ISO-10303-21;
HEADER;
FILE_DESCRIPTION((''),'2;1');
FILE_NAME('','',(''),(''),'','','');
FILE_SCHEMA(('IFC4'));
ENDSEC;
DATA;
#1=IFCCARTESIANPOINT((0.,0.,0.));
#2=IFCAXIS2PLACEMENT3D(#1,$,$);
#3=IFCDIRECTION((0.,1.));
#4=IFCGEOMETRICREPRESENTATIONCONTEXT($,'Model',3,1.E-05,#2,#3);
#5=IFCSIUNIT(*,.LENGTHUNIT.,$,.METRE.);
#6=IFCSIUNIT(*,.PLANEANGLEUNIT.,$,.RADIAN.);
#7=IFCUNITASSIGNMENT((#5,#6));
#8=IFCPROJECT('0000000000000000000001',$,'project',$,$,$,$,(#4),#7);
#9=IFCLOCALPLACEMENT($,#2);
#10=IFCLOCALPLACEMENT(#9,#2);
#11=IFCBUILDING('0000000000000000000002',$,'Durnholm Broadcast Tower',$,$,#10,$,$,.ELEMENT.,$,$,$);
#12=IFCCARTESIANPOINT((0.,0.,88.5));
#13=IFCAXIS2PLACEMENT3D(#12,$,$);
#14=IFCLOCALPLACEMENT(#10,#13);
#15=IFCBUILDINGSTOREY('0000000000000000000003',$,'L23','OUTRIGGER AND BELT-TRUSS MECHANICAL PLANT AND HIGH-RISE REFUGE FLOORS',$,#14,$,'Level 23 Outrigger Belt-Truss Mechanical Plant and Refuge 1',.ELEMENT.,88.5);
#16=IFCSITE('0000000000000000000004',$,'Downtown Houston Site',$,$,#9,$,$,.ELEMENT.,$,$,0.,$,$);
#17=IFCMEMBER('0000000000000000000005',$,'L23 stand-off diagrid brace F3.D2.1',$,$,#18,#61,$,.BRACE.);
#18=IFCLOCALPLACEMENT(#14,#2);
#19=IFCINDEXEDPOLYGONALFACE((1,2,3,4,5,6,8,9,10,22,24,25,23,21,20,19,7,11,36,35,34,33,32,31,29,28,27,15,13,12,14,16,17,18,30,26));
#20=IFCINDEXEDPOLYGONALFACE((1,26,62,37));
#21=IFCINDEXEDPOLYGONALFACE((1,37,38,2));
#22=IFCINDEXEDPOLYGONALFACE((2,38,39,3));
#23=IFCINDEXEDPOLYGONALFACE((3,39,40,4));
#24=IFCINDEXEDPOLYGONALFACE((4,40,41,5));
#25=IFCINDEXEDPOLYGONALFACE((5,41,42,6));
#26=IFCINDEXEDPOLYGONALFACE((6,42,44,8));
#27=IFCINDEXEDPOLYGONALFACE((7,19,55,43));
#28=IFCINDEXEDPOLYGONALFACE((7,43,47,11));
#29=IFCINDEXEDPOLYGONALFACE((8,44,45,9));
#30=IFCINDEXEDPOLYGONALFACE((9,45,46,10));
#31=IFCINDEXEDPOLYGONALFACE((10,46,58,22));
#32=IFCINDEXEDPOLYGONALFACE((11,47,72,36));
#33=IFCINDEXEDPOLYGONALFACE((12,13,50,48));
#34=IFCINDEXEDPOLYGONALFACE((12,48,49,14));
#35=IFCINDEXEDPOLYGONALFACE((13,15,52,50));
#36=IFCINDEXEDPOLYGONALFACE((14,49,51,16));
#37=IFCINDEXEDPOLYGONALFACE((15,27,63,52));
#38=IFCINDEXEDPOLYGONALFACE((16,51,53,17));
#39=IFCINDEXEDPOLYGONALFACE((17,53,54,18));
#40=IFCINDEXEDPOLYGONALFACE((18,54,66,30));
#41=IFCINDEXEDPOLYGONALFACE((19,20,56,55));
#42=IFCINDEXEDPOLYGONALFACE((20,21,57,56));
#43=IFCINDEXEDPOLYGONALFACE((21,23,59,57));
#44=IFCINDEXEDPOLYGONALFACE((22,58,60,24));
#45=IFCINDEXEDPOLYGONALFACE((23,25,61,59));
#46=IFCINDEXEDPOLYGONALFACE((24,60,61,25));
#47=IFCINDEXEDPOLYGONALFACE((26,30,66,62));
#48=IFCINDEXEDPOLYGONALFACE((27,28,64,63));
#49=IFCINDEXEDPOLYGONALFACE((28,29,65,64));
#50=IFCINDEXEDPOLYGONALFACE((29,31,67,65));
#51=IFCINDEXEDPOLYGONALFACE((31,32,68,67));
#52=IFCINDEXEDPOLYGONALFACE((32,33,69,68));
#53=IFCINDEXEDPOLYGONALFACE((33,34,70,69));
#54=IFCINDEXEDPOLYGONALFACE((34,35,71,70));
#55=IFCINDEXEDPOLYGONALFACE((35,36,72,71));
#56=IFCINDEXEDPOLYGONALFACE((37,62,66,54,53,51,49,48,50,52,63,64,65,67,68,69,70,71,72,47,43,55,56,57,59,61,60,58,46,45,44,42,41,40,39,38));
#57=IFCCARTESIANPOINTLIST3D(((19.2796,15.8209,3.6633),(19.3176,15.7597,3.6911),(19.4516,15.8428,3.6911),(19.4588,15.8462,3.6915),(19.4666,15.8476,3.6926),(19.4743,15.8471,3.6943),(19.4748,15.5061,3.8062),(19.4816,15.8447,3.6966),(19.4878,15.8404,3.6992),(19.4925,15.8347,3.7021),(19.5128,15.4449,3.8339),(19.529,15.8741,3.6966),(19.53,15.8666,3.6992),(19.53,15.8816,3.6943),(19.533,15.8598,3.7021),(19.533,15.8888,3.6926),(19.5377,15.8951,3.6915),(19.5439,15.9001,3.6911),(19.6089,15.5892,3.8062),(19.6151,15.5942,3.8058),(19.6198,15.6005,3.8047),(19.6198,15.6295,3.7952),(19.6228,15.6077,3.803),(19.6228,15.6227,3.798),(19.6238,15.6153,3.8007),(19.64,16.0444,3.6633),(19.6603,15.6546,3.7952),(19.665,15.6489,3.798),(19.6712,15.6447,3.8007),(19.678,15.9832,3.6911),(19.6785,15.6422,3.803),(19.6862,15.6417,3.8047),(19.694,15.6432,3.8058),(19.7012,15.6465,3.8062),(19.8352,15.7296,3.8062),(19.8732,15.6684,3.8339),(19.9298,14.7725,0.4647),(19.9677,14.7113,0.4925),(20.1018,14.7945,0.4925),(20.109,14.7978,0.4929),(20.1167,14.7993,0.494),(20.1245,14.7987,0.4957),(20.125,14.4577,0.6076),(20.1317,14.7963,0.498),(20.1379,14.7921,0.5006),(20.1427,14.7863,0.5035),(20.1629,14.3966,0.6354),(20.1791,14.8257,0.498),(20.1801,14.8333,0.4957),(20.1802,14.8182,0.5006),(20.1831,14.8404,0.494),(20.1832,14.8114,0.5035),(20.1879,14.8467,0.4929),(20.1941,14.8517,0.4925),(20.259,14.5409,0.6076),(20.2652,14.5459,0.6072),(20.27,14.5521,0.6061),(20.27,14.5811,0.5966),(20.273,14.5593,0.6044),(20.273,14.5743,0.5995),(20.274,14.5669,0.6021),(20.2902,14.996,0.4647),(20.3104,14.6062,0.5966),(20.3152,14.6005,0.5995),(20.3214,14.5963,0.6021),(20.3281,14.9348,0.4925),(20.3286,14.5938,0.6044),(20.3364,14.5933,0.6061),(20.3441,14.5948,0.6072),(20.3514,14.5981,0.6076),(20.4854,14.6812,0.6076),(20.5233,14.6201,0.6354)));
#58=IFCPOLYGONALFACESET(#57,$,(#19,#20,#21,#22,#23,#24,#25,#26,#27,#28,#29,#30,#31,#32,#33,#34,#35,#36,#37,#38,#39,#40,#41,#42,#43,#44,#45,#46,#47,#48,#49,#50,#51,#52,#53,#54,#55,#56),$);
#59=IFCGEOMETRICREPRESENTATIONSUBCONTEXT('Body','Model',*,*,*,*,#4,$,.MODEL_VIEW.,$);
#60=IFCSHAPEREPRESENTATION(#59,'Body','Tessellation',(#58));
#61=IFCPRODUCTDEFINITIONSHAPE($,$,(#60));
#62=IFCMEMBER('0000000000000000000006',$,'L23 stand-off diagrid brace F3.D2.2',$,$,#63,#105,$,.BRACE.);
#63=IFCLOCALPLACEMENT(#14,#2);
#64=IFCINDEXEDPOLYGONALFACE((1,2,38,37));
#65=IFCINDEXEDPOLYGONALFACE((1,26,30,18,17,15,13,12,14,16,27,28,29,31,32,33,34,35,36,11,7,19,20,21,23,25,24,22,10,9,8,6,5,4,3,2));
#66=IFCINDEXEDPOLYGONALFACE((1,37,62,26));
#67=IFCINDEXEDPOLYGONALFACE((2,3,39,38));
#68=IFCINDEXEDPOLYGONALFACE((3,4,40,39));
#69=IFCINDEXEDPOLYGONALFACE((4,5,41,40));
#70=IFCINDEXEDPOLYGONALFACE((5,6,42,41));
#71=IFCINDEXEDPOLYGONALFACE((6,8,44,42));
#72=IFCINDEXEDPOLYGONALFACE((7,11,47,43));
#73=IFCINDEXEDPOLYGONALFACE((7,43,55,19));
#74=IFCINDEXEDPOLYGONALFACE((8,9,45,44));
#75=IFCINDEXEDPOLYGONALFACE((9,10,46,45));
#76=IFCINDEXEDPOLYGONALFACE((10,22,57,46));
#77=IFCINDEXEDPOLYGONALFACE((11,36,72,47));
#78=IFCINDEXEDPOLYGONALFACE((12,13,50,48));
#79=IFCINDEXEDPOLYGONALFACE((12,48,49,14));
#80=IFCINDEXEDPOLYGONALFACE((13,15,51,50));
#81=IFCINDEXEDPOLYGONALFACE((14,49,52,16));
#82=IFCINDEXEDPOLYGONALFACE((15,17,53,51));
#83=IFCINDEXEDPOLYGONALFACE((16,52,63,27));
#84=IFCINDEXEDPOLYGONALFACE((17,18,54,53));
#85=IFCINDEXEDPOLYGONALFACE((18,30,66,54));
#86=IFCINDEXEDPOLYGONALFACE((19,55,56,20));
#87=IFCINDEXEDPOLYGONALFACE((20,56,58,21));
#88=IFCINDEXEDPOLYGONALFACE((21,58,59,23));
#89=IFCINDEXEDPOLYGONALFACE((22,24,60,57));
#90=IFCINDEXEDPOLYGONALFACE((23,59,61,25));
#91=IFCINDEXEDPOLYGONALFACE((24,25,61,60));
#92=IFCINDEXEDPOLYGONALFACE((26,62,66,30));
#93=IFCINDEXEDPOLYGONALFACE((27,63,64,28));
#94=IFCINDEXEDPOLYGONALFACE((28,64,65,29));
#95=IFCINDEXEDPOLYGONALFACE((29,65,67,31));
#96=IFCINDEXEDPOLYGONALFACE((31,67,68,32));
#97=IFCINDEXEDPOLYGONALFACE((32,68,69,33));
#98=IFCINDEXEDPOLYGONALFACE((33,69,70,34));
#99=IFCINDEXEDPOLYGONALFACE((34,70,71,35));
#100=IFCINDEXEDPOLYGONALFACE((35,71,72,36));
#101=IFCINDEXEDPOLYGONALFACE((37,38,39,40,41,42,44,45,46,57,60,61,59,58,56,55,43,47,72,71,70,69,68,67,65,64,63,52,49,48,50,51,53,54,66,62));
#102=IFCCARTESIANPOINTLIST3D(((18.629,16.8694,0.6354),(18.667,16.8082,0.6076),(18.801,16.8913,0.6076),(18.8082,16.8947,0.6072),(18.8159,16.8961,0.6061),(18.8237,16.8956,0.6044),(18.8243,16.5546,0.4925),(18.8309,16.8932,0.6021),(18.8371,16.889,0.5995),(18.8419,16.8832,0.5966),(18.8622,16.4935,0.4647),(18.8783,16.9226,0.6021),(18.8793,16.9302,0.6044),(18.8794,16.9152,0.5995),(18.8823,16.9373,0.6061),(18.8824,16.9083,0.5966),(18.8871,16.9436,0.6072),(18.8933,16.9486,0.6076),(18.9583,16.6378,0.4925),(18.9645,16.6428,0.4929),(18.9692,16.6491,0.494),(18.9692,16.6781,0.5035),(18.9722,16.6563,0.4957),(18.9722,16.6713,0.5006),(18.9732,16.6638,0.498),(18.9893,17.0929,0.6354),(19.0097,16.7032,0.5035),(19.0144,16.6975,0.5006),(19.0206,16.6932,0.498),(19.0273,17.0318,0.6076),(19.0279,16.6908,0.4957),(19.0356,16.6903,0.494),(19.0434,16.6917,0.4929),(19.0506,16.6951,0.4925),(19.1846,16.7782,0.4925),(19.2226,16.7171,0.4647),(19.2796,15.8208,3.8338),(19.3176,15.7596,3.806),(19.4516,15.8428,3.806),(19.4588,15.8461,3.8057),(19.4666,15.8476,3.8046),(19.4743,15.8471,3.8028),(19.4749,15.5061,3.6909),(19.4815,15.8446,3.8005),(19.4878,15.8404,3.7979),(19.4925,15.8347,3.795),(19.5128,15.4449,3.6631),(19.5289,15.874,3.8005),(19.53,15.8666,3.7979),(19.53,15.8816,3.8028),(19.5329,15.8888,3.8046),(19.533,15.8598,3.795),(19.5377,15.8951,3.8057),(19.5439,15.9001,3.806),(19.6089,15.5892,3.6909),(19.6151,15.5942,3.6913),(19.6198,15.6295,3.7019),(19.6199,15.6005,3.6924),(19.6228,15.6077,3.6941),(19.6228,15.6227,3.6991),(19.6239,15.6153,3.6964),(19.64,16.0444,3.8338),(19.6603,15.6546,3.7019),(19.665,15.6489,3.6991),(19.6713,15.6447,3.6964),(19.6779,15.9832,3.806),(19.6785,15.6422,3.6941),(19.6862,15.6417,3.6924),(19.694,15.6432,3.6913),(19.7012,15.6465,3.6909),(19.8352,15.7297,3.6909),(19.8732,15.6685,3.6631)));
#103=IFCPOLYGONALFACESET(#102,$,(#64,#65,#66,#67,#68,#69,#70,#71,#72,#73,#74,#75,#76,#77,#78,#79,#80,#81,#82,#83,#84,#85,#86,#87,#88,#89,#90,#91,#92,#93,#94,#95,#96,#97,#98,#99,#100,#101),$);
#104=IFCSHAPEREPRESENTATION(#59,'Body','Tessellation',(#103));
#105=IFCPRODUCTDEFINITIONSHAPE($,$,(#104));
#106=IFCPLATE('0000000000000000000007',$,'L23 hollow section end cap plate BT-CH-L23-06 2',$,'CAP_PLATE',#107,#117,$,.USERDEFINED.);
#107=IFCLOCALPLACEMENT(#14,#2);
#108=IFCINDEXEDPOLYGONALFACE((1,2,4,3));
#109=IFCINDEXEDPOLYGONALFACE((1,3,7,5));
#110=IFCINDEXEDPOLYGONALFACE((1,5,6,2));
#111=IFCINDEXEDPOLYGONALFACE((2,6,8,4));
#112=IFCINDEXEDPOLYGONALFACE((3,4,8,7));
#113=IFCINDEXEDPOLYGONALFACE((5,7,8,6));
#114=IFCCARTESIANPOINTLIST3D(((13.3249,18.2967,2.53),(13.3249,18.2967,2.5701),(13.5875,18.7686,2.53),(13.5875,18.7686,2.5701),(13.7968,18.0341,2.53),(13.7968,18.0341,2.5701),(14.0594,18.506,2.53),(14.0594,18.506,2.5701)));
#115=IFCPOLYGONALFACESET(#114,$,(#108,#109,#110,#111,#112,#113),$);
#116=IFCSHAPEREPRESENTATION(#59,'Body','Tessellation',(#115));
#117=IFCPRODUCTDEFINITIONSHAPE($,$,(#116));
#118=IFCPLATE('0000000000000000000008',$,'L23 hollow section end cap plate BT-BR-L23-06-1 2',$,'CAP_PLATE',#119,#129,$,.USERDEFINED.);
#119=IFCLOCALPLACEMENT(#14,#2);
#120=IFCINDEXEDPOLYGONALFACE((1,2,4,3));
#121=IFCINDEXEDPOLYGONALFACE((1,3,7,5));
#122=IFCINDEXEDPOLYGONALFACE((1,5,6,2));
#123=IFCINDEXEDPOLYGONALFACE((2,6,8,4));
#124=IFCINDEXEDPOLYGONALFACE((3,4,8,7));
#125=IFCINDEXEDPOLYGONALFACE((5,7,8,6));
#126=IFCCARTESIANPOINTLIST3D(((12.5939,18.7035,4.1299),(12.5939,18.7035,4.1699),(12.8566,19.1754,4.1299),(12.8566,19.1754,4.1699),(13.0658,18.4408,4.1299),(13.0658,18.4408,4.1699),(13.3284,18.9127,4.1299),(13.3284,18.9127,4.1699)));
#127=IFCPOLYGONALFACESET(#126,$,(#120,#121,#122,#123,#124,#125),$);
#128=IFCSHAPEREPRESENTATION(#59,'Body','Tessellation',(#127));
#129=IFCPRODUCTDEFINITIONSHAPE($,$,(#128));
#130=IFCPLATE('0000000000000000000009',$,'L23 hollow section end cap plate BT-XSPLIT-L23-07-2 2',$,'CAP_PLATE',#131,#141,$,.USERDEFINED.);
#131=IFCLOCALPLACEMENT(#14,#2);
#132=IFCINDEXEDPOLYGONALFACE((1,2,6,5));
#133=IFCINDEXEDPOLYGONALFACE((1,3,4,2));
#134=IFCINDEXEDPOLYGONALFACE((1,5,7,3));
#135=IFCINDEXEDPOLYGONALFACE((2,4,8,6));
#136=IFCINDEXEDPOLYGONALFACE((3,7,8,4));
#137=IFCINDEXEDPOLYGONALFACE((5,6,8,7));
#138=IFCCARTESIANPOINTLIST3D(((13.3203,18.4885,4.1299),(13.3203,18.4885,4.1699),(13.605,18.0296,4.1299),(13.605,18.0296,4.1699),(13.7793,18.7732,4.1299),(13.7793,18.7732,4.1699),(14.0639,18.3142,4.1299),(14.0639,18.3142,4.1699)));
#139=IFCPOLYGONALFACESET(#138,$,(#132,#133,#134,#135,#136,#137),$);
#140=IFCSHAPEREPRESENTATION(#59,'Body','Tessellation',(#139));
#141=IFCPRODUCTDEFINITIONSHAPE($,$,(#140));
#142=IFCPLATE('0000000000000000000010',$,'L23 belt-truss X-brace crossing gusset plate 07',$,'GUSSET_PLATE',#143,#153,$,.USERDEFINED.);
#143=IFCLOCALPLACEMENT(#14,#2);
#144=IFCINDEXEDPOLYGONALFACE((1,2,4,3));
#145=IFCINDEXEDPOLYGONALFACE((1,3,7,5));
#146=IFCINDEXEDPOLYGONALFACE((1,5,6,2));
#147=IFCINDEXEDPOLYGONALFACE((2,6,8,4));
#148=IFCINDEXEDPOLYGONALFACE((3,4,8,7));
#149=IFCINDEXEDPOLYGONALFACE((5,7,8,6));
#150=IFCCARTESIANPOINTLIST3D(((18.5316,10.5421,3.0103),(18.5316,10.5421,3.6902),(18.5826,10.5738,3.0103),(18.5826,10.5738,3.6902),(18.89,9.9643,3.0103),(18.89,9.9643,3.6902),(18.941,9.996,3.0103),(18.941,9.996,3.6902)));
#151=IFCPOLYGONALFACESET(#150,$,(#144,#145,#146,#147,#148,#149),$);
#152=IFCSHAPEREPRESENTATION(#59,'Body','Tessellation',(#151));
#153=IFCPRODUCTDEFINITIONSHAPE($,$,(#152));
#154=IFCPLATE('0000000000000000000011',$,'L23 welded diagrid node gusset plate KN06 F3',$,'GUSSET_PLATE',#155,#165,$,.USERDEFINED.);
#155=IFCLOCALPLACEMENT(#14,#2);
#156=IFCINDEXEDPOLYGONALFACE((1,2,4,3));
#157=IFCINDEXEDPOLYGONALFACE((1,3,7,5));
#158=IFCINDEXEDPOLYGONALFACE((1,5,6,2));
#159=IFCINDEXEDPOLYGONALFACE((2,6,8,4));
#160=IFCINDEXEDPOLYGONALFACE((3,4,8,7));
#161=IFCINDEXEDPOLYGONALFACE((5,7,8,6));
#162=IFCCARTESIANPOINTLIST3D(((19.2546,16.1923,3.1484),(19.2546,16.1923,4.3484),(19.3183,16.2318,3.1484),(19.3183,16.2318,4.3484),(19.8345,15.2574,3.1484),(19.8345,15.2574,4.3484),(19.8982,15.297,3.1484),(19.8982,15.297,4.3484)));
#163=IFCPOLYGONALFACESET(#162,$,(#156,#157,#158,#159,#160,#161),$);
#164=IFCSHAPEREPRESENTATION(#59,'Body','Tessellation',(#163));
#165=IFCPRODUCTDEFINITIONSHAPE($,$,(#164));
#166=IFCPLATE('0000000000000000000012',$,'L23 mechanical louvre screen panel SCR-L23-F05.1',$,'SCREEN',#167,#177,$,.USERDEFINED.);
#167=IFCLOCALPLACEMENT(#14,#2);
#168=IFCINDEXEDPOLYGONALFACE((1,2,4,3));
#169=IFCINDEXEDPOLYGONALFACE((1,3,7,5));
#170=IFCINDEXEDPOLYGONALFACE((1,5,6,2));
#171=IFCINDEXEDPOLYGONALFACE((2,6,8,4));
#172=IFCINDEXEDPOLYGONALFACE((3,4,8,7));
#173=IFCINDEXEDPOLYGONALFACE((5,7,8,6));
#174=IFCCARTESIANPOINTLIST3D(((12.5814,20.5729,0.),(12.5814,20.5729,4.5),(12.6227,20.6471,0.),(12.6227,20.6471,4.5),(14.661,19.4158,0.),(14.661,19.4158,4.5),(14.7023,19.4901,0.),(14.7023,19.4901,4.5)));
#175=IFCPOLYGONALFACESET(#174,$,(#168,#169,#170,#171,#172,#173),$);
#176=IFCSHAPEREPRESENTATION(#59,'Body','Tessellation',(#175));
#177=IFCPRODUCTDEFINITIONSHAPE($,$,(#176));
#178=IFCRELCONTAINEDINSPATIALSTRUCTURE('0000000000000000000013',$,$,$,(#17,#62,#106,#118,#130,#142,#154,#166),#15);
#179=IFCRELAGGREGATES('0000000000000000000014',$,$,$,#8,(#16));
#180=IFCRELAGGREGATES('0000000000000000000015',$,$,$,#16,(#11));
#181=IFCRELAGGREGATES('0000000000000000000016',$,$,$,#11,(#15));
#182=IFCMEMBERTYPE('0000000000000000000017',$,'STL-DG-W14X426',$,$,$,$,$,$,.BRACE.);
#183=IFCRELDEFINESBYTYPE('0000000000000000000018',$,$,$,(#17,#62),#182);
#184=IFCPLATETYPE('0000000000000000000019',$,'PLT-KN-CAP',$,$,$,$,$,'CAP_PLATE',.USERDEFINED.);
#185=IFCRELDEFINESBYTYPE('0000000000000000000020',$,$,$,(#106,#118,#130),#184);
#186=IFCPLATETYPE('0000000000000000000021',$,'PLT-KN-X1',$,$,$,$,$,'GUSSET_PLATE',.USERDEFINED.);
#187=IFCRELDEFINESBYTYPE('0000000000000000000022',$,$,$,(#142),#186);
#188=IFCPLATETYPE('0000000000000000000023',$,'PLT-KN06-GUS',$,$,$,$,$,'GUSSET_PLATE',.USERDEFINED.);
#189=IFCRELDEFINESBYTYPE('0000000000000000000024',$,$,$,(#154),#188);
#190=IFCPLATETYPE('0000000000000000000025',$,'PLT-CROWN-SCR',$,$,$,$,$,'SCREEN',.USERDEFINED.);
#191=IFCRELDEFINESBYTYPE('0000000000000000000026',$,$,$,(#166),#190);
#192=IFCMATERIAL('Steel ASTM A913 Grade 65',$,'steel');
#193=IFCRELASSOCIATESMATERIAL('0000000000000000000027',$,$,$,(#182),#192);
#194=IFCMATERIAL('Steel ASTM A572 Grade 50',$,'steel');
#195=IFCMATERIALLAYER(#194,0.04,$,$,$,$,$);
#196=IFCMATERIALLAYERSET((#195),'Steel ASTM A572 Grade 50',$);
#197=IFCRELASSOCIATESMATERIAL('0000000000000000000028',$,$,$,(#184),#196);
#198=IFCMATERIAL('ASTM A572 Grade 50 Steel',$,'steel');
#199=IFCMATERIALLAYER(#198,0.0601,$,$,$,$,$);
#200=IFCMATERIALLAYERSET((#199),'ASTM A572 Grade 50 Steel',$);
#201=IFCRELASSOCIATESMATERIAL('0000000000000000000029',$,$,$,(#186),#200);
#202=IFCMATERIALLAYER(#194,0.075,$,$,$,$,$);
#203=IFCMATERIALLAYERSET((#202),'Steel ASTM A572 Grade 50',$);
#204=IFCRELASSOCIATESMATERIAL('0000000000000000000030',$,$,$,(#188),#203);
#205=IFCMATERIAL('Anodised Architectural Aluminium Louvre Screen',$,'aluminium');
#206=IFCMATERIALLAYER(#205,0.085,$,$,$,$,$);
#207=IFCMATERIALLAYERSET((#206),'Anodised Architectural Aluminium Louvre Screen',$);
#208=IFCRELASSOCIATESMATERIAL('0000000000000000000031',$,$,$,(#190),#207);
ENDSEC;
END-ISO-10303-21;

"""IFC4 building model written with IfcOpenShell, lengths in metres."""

from ifc_helpers import new_model, si_unit, direction, frame, origin, origin_2d, place, context, subcontext, project, spatial, rectangle, i_section, extrude, source, transform, mapped, material, layer, layer_set, material_profile, profile_set, type_object, type_shapes, element, save


model = new_model("IFC4")

# Units and contexts
model_context = context("Model", 3, precision=1e-05, world=origin(), true_north=direction((0.0, 1.0)))
body_context = subcontext(model_context, "Body", "Model", "MODEL_VIEW")
ifc_project = project(units=[si_unit("LENGTHUNIT", "METRE"), si_unit("PLANEANGLEUNIT", "RADIAN")], contexts=[model_context])

# Site, building, storey
site_placement = place(None, origin())
site = spatial("IfcSite", under=ifc_project, at=site_placement, Name="Downtown Houston Site", CompositionType="ELEMENT", RefElevation=0.0)
building_placement = place(site_placement, origin())
building = spatial("IfcBuilding", under=site, at=building_placement, Name="Durnholm Broadcast Tower", CompositionType="ELEMENT")
storey_placement = place(building_placement, frame((0.0, 0.0, 88.5)))
storey = spatial("IfcBuildingStorey", under=building, at=storey_placement, Name="L23", Description="OUTRIGGER AND BELT-TRUSS MECHANICAL PLANT AND HIGH-RISE REFUGE FLOORS", LongName="Level 23 Outrigger Belt-Truss Mechanical Plant and Refuge 1", CompositionType="ELEMENT", Elevation=88.5)

# Shared definitions
ifc_material_1 = material(Name="Steel ASTM A913 Grade 65", Category="steel")

# Members
ifc_material_profile_1 = material_profile(ifc_material_1, i_section(OverallWidth=0.4241, OverallDepth=0.4741, WebThickness=0.0476, FlangeThickness=0.0771, FilletRadius=0.0305, at=origin_2d()), Name="W14X426")
ifc_profile_set_1 = profile_set([ifc_material_profile_1], Name="Steel ASTM A913 Grade 65")
member_type_1 = type_object("IfcMemberType", Name="STL-DG-W14X426", PredefinedType="BRACE", material=ifc_profile_set_1)
shared_shape_1 = source(origin(), body_context, "Body", "SweptSolid", [
    extrude(i_section(OverallWidth=0.4241, OverallDepth=0.4741, WebThickness=0.0476, FlangeThickness=0.0771, FilletRadius=0.0305, at=origin_2d()), origin(), (0.0, 0.0, 1.0), 3.4282),
])
type_shapes(member_type_1, [shared_shape_1])
for number, where, z_axis, x_axis, name in (
    (1, (20.2266, 14.6963, 0.55), (-0.189651, 0.305806, 0.933014), (-0.849839, -0.527043, 0.0), "L23 stand-off diagrid brace F3.D2.1"),
    (2, (18.9258, 16.7932, 0.55), (0.189784, -0.305862, 0.932969), (0.849717, 0.52724, 0.0), "L23 stand-off diagrid brace F3.D2.2"),
):
    element("IfcMember", number, at=place(storey_placement, frame(where, z_axis=z_axis, x_axis=x_axis)), inside=storey, type_object=member_type_1, Name=name, PredefinedType="BRACE", context=body_context, shape_type="MappedRepresentation", body=[
        mapped(shared_shape_1, transform((0.0, 0.0, 0.0), x_axis=(1.0, 0.0, 0.0), y_axis=(0.0, 1.0, 0.0), z_axis=(0.0, 0.0, 1.0), scale=1.0)),
    ])

# Plates
ifc_material_2 = material(Name="Steel ASTM A572 Grade 50", Category="steel")
ifc_layer_1 = layer(ifc_material_2, 0.04)
ifc_layer_set_1 = layer_set([ifc_layer_1], Name="Steel ASTM A572 Grade 50")
plate_type_1 = type_object("IfcPlateType", Name="PLT-KN-CAP", ElementType="CAP_PLATE", PredefinedType="USERDEFINED", material=ifc_layer_set_1)
shared_shape_2 = source(origin(), body_context, "Body", "SweptSolid", [
    extrude(rectangle(XDim=0.54, YDim=0.54, at=origin_2d()), origin(), (0.0, 0.0, 1.0), 0.04),
])
type_shapes(plate_type_1, [shared_shape_2])
for number, where, z_axis, x_axis, name in (
    (3, (13.6921, 18.4014, 2.53), (0.0, 0.0, 1.0), (0.873857, -0.486183, 0.0), "L23 hollow section end cap plate BT-CH-L23-06 2"),
    (4, (12.9612, 18.8081, 4.1299), (0.0, 0.0, 1.0), (0.873772, -0.486335, 0.0), "L23 hollow section end cap plate BT-BR-L23-06-1 2"),
    (5, (13.6921, 18.4014, 4.1299), (0.0, 0.0, 1.0), (-0.527104, 0.849801, 0.0), "L23 hollow section end cap plate BT-XSPLIT-L23-07-2 2"),
):
    element("IfcPlate", number, at=place(storey_placement, frame(where, z_axis=z_axis, x_axis=x_axis)), inside=storey, type_object=plate_type_1, Name=name, ObjectType="CAP_PLATE", PredefinedType="USERDEFINED", context=body_context, shape_type="MappedRepresentation", body=[
        mapped(shared_shape_2, transform((0.0, 0.0, 0.0), x_axis=(1.0, 0.0, 0.0), y_axis=(0.0, 1.0, 0.0), z_axis=(0.0, 0.0, 1.0), scale=1.0)),
    ])
ifc_material_3 = material(Name="ASTM A572 Grade 50 Steel", Category="steel")
ifc_layer_2 = layer(ifc_material_3, 0.0601)
ifc_layer_set_2 = layer_set([ifc_layer_2], Name="ASTM A572 Grade 50 Steel")
plate_type_2 = type_object("IfcPlateType", Name="PLT-KN-X1", ElementType="GUSSET_PLATE", PredefinedType="USERDEFINED", material=ifc_layer_set_2)
shared_shape_3 = source(origin(), body_context, "Body", "SweptSolid", [
    extrude(rectangle(XDim=0.6799, YDim=0.0601, at=origin_2d()), origin(), (0.0, 0.0, 1.0), 0.6799),
])
type_shapes(plate_type_2, [shared_shape_3])
plate_1_placement = place(storey_placement, frame((18.7363, 10.269, 3.0103), z_axis=(0.0, 0.0, 1.0), x_axis=(0.527104, -0.849801, 0.0)))
element("IfcPlate", 6, at=plate_1_placement, inside=storey, type_object=plate_type_2, Name="L23 belt-truss X-brace crossing gusset plate 07", ObjectType="GUSSET_PLATE", PredefinedType="USERDEFINED", context=body_context, shape_type="MappedRepresentation", body=[
    mapped(shared_shape_3, transform((0.0, 0.0, 0.0), x_axis=(1.0, 0.0, 0.0), y_axis=(0.0, 1.0, 0.0), z_axis=(0.0, 0.0, 1.0), scale=1.0)),
])
ifc_layer_3 = layer(ifc_material_2, 0.075)
ifc_layer_set_3 = layer_set([ifc_layer_3], Name="Steel ASTM A572 Grade 50")
plate_type_3 = type_object("IfcPlateType", Name="PLT-KN06-GUS", ElementType="GUSSET_PLATE", PredefinedType="USERDEFINED", material=ifc_layer_set_3)
shared_shape_4 = source(origin(), body_context, "Body", "SweptSolid", [
    extrude(rectangle(XDim=1.1001, YDim=0.075, at=origin_2d()), origin(), (0.0, 0.0, 1.0), 1.2),
])
type_shapes(plate_type_3, [shared_shape_4])
plate_2_placement = place(storey_placement, frame((19.5764, 15.7446, 3.1484), z_axis=(0.0, 0.0, 1.0), x_axis=(-0.527104, 0.849801, 0.0)))
element("IfcPlate", 7, at=plate_2_placement, inside=storey, type_object=plate_type_3, Name="L23 welded diagrid node gusset plate KN06 F3", ObjectType="GUSSET_PLATE", PredefinedType="USERDEFINED", context=body_context, shape_type="MappedRepresentation", body=[
    mapped(shared_shape_4, transform((0.0, 0.0, 0.0), x_axis=(1.0, 0.0, 0.0), y_axis=(0.0, 1.0, 0.0), z_axis=(0.0, 0.0, 1.0), scale=1.0)),
])
ifc_material_4 = material(Name="Anodised Architectural Aluminium Louvre Screen", Category="aluminium")
ifc_layer_4 = layer(ifc_material_4, 0.085)
ifc_layer_set_4 = layer_set([ifc_layer_4], Name="Anodised Architectural Aluminium Louvre Screen")
plate_type_4 = type_object("IfcPlateType", Name="PLT-CROWN-SCR", ElementType="SCREEN", PredefinedType="USERDEFINED", material=ifc_layer_set_4)
shared_shape_5 = source(origin(), body_context, "Body", "SweptSolid", [
    extrude(rectangle(XDim=2.3799, YDim=0.085, at=origin_2d()), origin(), (0.0, 0.0, 1.0), 4.5),
])
plate_3_placement = place(storey_placement, frame((13.6418, 20.0315, 0.0), z_axis=(0.0, 0.0, 1.0), x_axis=(0.873857, -0.486183, 0.0)))
element("IfcPlate", 8, at=plate_3_placement, inside=storey, type_object=plate_type_4, Name="L23 mechanical louvre screen panel SCR-L23-F05.1", ObjectType="SCREEN", PredefinedType="USERDEFINED", context=body_context, shape_type="MappedRepresentation", body=[
    mapped(shared_shape_5, transform((0.0, 0.0, 0.0), x_axis=(1.0, 0.0, 0.0), y_axis=(0.0, 1.0, 0.0), z_axis=(0.0, 0.0, 1.0), scale=1.0)),
])

save(model, "model.ifc")
